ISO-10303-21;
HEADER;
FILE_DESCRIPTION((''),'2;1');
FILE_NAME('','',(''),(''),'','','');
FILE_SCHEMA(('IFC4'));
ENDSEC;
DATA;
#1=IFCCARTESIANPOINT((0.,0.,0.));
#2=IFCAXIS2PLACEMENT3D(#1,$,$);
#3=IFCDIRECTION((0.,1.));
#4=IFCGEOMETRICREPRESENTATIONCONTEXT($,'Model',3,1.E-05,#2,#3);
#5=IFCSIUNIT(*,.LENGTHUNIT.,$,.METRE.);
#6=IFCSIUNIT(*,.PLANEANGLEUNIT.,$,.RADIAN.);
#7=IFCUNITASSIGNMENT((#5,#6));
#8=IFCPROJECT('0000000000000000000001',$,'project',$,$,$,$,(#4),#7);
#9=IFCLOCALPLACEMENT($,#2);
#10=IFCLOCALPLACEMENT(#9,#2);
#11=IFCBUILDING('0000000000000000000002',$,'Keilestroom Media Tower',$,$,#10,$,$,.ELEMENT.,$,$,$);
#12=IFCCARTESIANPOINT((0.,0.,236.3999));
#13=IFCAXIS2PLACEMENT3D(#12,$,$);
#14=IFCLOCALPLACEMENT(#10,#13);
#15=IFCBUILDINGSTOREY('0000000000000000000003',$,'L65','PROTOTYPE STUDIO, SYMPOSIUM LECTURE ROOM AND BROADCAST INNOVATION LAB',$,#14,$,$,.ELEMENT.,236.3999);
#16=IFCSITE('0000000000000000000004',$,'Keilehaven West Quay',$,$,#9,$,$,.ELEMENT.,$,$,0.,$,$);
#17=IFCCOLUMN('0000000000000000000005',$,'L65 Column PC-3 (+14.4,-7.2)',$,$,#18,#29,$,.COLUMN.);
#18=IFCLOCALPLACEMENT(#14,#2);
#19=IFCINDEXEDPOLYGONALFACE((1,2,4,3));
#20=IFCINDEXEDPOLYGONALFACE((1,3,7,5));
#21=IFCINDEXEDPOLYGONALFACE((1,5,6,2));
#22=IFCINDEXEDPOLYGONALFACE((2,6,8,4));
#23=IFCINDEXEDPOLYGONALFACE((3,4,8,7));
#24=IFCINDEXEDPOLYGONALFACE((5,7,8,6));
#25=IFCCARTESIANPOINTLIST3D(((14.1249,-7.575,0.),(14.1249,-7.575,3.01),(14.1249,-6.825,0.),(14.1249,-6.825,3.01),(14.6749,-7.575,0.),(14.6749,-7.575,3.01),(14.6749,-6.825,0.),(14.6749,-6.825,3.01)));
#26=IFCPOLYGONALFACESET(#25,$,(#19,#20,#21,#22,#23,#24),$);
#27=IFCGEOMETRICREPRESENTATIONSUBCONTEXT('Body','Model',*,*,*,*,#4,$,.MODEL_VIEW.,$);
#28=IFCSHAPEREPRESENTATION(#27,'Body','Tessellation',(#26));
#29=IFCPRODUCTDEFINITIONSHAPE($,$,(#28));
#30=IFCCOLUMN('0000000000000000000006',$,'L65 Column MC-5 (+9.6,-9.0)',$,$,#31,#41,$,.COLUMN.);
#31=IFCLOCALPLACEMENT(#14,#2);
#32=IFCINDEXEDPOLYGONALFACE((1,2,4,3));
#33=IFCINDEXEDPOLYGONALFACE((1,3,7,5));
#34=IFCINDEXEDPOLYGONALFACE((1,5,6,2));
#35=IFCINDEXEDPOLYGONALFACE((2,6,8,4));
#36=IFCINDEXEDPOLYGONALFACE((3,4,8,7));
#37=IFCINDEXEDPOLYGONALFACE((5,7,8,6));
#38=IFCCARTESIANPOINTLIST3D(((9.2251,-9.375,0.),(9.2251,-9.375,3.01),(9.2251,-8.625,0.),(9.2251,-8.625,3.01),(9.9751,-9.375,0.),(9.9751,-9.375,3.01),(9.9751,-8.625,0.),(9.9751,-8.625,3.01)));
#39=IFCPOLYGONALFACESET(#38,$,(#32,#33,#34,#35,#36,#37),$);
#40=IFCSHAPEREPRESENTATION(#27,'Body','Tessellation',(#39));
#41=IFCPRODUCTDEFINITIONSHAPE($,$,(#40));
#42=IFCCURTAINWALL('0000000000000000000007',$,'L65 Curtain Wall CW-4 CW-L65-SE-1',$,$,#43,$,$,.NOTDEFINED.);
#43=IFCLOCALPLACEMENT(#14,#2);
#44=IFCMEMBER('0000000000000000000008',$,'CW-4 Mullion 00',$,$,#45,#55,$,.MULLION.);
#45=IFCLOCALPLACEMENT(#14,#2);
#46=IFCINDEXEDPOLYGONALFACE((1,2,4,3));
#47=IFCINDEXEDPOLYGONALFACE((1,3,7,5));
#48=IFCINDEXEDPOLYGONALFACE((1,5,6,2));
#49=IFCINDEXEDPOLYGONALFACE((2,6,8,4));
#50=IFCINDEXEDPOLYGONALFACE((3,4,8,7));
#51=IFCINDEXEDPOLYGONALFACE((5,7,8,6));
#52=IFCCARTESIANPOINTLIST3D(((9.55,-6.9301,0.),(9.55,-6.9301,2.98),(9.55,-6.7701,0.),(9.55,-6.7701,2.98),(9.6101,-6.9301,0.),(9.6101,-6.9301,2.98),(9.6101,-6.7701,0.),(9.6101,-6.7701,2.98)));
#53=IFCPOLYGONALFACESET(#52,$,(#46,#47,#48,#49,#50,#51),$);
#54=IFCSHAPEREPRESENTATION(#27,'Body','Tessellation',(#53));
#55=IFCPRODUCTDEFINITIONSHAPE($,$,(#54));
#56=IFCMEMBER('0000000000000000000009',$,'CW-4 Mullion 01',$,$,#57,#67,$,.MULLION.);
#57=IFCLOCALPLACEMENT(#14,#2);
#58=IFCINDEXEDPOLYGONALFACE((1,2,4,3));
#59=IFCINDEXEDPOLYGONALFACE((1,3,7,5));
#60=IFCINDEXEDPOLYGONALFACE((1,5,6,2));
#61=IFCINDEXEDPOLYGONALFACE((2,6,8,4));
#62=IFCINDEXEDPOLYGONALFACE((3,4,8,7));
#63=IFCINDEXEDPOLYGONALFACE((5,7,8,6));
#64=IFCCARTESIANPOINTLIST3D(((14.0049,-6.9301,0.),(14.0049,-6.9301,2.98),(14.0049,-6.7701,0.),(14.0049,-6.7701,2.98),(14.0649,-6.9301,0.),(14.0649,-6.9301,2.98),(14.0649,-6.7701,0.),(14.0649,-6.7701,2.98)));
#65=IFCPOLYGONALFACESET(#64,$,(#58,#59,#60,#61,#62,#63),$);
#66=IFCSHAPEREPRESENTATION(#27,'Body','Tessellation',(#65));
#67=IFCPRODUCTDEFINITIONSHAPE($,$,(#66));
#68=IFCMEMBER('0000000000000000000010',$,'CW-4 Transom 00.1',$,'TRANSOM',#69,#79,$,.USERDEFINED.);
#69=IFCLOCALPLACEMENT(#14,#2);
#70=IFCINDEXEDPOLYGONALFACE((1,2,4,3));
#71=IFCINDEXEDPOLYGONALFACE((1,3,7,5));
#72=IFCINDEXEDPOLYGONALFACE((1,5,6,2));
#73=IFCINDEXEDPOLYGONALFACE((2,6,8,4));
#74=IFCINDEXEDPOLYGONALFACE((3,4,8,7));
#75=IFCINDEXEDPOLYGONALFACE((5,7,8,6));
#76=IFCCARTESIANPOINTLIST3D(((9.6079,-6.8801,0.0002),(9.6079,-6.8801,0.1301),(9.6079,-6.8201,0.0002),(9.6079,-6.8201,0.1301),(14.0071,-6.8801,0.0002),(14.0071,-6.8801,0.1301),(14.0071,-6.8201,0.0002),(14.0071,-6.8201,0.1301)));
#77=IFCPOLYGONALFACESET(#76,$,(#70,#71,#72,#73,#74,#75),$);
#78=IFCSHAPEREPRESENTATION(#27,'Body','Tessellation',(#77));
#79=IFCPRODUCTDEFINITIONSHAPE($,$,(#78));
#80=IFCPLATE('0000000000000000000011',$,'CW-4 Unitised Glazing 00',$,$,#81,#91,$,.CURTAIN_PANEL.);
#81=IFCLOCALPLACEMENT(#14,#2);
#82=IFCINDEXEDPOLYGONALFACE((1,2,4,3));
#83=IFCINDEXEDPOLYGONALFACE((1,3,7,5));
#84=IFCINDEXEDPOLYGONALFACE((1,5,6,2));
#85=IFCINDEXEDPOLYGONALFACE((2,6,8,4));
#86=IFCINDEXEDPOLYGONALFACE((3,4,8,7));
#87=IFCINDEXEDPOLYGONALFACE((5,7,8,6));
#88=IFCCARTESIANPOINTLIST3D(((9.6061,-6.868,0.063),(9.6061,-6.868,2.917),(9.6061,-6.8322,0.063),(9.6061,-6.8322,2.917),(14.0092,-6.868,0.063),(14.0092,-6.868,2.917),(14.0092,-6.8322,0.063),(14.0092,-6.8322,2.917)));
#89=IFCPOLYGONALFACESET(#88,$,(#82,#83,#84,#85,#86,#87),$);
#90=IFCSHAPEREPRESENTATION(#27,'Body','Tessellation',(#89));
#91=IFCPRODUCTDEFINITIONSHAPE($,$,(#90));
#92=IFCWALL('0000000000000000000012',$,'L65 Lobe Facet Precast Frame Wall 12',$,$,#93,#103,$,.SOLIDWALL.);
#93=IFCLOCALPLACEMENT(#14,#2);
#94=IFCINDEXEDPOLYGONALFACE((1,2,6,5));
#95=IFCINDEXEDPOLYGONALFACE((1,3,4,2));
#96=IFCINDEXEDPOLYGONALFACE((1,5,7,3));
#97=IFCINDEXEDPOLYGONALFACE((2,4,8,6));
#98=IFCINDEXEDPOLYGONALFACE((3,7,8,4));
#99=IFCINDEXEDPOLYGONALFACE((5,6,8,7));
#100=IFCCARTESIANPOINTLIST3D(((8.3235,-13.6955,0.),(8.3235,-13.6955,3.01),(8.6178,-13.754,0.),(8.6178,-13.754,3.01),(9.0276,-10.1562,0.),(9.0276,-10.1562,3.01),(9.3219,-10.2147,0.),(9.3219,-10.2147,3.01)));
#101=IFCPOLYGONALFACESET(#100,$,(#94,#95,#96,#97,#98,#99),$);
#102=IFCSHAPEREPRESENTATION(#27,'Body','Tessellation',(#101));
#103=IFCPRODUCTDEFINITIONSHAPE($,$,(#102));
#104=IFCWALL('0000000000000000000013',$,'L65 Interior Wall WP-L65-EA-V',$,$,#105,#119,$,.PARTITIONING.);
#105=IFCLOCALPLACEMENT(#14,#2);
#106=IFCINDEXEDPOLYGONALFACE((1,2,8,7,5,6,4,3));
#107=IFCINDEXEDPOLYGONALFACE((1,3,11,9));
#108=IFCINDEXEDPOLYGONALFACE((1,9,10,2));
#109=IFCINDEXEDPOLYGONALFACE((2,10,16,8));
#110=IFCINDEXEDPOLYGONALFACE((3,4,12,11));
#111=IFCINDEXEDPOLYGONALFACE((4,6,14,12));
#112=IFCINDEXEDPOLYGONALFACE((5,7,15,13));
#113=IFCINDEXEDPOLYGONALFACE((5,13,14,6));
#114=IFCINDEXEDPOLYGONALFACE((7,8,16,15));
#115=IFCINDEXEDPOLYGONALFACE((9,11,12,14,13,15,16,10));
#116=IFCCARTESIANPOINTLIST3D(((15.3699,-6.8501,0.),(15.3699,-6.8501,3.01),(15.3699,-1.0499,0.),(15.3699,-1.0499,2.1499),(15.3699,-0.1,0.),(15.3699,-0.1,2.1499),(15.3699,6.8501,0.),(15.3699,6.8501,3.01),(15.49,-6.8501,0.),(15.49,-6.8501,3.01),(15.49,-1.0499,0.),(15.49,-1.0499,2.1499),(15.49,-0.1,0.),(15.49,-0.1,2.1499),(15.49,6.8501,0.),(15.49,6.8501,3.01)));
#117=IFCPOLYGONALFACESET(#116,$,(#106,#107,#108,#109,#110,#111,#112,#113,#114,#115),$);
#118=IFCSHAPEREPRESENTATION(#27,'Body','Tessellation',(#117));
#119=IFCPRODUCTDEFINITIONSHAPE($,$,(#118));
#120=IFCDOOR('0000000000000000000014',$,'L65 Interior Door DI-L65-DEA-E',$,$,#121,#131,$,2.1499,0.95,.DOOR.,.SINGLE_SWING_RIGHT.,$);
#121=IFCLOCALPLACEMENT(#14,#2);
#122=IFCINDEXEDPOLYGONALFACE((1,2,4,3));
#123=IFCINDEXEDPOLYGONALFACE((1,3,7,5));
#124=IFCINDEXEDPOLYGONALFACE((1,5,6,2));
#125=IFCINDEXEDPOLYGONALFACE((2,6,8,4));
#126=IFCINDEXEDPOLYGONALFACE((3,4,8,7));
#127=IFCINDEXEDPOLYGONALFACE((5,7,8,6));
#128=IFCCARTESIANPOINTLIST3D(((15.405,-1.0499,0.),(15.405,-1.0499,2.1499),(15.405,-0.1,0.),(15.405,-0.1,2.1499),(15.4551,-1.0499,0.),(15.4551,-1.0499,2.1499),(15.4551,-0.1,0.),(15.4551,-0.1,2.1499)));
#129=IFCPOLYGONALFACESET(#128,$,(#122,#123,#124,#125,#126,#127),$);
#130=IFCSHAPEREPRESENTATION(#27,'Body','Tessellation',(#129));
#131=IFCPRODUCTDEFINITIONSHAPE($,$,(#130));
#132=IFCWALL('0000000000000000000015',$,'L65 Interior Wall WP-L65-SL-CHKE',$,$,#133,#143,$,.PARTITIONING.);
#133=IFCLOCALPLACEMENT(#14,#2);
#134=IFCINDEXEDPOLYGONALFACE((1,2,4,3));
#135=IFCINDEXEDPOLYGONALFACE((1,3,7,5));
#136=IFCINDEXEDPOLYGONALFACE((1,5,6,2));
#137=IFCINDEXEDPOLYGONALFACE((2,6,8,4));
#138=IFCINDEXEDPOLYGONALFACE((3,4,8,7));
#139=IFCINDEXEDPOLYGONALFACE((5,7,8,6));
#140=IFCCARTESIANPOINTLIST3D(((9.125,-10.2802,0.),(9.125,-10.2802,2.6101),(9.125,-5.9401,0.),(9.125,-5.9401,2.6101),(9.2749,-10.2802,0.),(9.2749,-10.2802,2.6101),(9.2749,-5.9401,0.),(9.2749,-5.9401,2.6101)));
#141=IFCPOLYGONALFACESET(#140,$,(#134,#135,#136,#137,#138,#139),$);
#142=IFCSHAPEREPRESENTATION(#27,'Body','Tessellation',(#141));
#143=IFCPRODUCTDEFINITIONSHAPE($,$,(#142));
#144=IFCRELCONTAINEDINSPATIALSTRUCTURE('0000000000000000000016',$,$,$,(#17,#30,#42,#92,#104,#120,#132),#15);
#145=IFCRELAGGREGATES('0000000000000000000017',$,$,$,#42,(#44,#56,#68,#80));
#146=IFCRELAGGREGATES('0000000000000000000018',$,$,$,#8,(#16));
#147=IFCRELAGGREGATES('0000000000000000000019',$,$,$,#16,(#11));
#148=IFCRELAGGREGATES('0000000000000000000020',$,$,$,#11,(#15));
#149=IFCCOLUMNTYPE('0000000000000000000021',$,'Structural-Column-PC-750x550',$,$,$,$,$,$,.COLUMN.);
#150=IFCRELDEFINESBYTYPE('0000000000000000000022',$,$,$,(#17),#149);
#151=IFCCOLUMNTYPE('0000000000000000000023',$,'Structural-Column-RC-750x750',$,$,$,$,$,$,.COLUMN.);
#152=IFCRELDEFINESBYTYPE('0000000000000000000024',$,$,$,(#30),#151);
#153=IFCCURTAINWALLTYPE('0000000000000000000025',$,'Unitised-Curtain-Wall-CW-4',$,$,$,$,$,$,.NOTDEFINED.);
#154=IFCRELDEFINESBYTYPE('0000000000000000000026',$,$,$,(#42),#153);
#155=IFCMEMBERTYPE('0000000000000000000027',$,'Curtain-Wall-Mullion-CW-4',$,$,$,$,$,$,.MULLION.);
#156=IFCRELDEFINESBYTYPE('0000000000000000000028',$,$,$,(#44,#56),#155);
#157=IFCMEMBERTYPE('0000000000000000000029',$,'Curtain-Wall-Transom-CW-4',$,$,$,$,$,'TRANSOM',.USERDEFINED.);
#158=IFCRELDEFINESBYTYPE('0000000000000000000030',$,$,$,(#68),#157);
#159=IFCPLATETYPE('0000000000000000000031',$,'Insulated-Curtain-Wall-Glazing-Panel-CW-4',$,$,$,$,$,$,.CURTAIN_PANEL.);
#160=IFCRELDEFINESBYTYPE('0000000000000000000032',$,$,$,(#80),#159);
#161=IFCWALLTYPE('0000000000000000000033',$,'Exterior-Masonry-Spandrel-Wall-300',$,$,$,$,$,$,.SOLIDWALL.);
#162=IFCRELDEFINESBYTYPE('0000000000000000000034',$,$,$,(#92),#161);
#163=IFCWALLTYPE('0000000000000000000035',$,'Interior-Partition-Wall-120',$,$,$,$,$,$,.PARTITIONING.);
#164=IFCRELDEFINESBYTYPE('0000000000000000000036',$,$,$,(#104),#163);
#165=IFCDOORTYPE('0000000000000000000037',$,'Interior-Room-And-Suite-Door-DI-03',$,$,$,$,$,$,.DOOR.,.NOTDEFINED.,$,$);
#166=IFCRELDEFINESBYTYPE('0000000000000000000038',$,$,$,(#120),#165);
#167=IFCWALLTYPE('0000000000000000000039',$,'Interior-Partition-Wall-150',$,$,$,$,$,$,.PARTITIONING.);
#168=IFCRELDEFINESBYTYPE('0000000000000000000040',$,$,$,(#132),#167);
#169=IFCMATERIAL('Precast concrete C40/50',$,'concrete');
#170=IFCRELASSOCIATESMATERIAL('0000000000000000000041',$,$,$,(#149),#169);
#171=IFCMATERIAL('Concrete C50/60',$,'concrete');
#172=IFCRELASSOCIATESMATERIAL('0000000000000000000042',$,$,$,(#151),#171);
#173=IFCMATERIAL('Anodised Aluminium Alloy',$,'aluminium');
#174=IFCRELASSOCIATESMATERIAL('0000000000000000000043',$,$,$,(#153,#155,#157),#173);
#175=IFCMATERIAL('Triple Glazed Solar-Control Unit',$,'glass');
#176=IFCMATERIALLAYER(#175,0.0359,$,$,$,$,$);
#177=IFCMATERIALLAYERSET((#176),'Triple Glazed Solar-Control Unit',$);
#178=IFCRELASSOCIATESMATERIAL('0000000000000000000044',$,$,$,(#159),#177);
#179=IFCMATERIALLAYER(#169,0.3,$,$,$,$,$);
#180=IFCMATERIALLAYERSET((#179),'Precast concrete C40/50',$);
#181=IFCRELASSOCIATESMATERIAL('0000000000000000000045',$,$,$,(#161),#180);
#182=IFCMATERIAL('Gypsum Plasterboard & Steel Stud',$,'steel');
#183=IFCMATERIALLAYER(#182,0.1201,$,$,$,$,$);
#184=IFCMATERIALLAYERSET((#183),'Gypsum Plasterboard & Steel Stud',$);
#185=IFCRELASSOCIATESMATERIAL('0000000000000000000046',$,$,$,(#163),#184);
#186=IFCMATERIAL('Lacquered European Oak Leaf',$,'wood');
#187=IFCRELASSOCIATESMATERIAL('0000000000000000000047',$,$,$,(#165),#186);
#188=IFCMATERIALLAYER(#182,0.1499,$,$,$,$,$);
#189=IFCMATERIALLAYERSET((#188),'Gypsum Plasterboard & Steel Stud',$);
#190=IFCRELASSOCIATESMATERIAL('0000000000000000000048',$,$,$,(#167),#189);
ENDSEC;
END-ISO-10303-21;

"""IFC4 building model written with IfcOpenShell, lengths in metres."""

from ifc_helpers import new_model, si_unit, direction, frame, frame_2d, origin, origin_2d, place, context, subcontext, project, spatial, rectangle, extrude, source, transform, mapped, material, layer, layer_set, material_profile, profile_set, type_object, element, fill, aggregate, save


model = new_model("IFC4")

# Units and contexts
model_context = context("Model", 3, precision=1e-05, world=origin(), true_north=direction((0.0, 1.0)))
body_context = subcontext(model_context, "Body", "Model", "MODEL_VIEW")
ifc_project = project(units=[si_unit("LENGTHUNIT", "METRE"), si_unit("PLANEANGLEUNIT", "RADIAN")], contexts=[model_context])

# Site, building, storey
site_placement = place(None, origin())
site = spatial("IfcSite", under=ifc_project, at=site_placement, Name="Keilehaven West Quay", CompositionType="ELEMENT", RefElevation=0.0)
building_placement = place(site_placement, origin())
building = spatial("IfcBuilding", under=site, at=building_placement, Name="Keilestroom Media Tower", CompositionType="ELEMENT")
storey_placement = place(building_placement, frame((0.0, 0.0, 236.3999)))
storey = spatial("IfcBuildingStorey", under=building, at=storey_placement, Name="L65", Description="PROTOTYPE STUDIO, SYMPOSIUM LECTURE ROOM AND BROADCAST INNOVATION LAB", CompositionType="ELEMENT", Elevation=236.3999)

# Columns
ifc_material_1 = material(Name="Precast concrete C40/50", Category="concrete")
ifc_material_profile_1 = material_profile(ifc_material_1, rectangle(XDim=0.55, YDim=0.75, at=origin_2d()), Name="PC 750x550")
ifc_profile_set_1 = profile_set([ifc_material_profile_1], Name="Precast concrete C40/50")
column_type_1 = type_object("IfcColumnType", Name="Structural-Column-PC-750x550", PredefinedType="COLUMN", material=ifc_profile_set_1)
shared_shape_1 = source(origin(), body_context, "Body", "SweptSolid", [
    extrude(rectangle(XDim=0.55, YDim=0.75, at=origin_2d()), origin(), (0.0, 0.0, 1.0), 3.01),
])
column_1_placement = place(storey_placement, frame((14.3999, -7.2, 0.0), z_axis=(0.0, 0.0, 1.0), x_axis=(1.0, 0.0, 0.0)))
element("IfcColumn", 1, at=column_1_placement, inside=storey, type_object=column_type_1, Name="L65 Column PC-3 (+14.4,-7.2)", PredefinedType="COLUMN", context=body_context, shape_type="MappedRepresentation", body=[
    mapped(shared_shape_1, transform((0.0, 0.0, 0.0), x_axis=(1.0, 0.0, 0.0), y_axis=(0.0, 1.0, 0.0), z_axis=(0.0, 0.0, 1.0), scale=1.0)),
])
ifc_material_2 = material(Name="Concrete C50/60", Category="concrete")
ifc_material_profile_2 = material_profile(ifc_material_2, rectangle(XDim=0.75, YDim=0.75, at=origin_2d()), Name="RC 750x750")
ifc_profile_set_2 = profile_set([ifc_material_profile_2], Name="Concrete C50/60")
column_type_2 = type_object("IfcColumnType", Name="Structural-Column-RC-750x750", PredefinedType="COLUMN", material=ifc_profile_set_2)
shared_shape_2 = source(origin(), body_context, "Body", "SweptSolid", [
    extrude(rectangle(XDim=0.75, YDim=0.75, at=origin_2d()), origin(), (0.0, 0.0, 1.0), 3.01),
])
column_2_placement = place(storey_placement, frame((9.6001, -9.0, 0.0), z_axis=(0.0, 0.0, 1.0), x_axis=(1.0, 0.0, 0.0)))
element("IfcColumn", 2, at=column_2_placement, inside=storey, type_object=column_type_2, Name="L65 Column MC-5 (+9.6,-9.0)", PredefinedType="COLUMN", context=body_context, shape_type="MappedRepresentation", body=[
    mapped(shared_shape_2, transform((0.0, 0.0, 0.0), x_axis=(1.0, 0.0, 0.0), y_axis=(0.0, 1.0, 0.0), z_axis=(0.0, 0.0, 1.0), scale=1.0)),
])

# Curtain wall, members, plate
ifc_material_3 = material(Name="Anodised Aluminium Alloy", Category="aluminium")
curtain_wall_type = type_object("IfcCurtainWallType", Name="Unitised-Curtain-Wall-CW-4", PredefinedType="NOTDEFINED", material=ifc_material_3)
curtain_wall_placement = place(storey_placement, origin())
curtain_wall = element("IfcCurtainWall", 3, at=curtain_wall_placement, inside=storey, type_object=curtain_wall_type, Name="L65 Curtain Wall CW-4 CW-L65-SE-1", PredefinedType="NOTDEFINED")
ifc_material_profile_3 = material_profile(ifc_material_3, rectangle(XDim=0.0601, YDim=0.1599, at=origin_2d()), Name="ALU MULLION 60x160")
ifc_profile_set_3 = profile_set([ifc_material_profile_3], Name="Anodised Aluminium Alloy")
member_type_1 = type_object("IfcMemberType", Name="Curtain-Wall-Mullion-CW-4", PredefinedType="MULLION", material=ifc_profile_set_3)
shared_shape_3 = source(origin(), body_context, "Body", "SweptSolid", [
    extrude(rectangle(XDim=0.0601, YDim=0.1599, at=origin_2d()), origin(), (0.0, 0.0, 1.0), 2.98),
])
member_1_placement = place(storey_placement, frame((9.5801, -6.8501, 0.0), z_axis=(0.0, 0.0, 1.0), x_axis=(1.0, 0.0, 0.0)))
member_1 = element("IfcMember", 4, at=member_1_placement, type_object=member_type_1, Name="CW-4 Mullion 00", PredefinedType="MULLION", context=body_context, shape_type="MappedRepresentation", body=[
    mapped(shared_shape_3, transform((0.0, 0.0, 0.0), x_axis=(1.0, 0.0, 0.0), y_axis=(0.0, 1.0, 0.0), z_axis=(0.0, 0.0, 1.0), scale=1.0)),
])
member_2_placement = place(storey_placement, frame((14.0349, -6.8501, 0.0), z_axis=(0.0, 0.0, 1.0), x_axis=(1.0, 0.0, 0.0)))
member_2 = element("IfcMember", 5, at=member_2_placement, type_object=member_type_1, Name="CW-4 Mullion 01", PredefinedType="MULLION", context=body_context, shape_type="MappedRepresentation", body=[
    mapped(shared_shape_3, transform((0.0, 0.0, 0.0), x_axis=(1.0, 0.0, 0.0), y_axis=(0.0, 1.0, 0.0), z_axis=(0.0, 0.0, 1.0), scale=1.0)),
])
ifc_material_profile_4 = material_profile(ifc_material_3, rectangle(XDim=0.0601, YDim=0.1299, at=origin_2d()), Name="ALU TRANSOM 60x130")
ifc_profile_set_4 = profile_set([ifc_material_profile_4], Name="Anodised Aluminium Alloy")
member_type_2 = type_object("IfcMemberType", Name="Curtain-Wall-Transom-CW-4", ElementType="TRANSOM", PredefinedType="USERDEFINED", material=ifc_profile_set_4)
shared_shape_4 = source(origin(), body_context, "Body", "SweptSolid", [
    extrude(rectangle(XDim=0.0601, YDim=0.1299, at=origin_2d()), origin(), (0.0, 0.0, 1.0), 4.3992),
])
member_3_placement = place(storey_placement, frame((9.6079, -6.8501, 0.0652), z_axis=(1.0, 0.0, 0.0), x_axis=(0.0, 1.0, 0.0)))
member_3 = element("IfcMember", 6, at=member_3_placement, type_object=member_type_2, Name="CW-4 Transom 00.1", ObjectType="TRANSOM", PredefinedType="USERDEFINED", context=body_context, shape_type="MappedRepresentation", body=[
    mapped(shared_shape_4, transform((0.0, 0.0, 0.0), x_axis=(1.0, 0.0, 0.0), y_axis=(0.0, 1.0, 0.0), z_axis=(0.0, 0.0, 1.0), scale=1.0)),
])
ifc_material_4 = material(Name="Triple Glazed Solar-Control Unit", Category="glass")
ifc_layer_1 = layer(ifc_material_4, 0.0359)
ifc_layer_set_1 = layer_set([ifc_layer_1], Name="Triple Glazed Solar-Control Unit")
plate_type = type_object("IfcPlateType", Name="Insulated-Curtain-Wall-Glazing-Panel-CW-4", PredefinedType="CURTAIN_PANEL", material=ifc_layer_set_1)
shared_shape_5 = source(origin(), body_context, "Body", "SweptSolid", [
    extrude(rectangle(XDim=4.4031, YDim=0.0359, at=origin_2d()), origin(), (0.0, 0.0, 1.0), 2.854),
])
plate_placement = place(storey_placement, frame((11.8076, -6.8501, 0.063), z_axis=(0.0, 0.0, 1.0), x_axis=(1.0, 0.0, 0.0)))
plate = element("IfcPlate", 7, at=plate_placement, type_object=plate_type, Name="CW-4 Unitised Glazing 00", PredefinedType="CURTAIN_PANEL", context=body_context, shape_type="MappedRepresentation", body=[
    mapped(shared_shape_5, transform((0.0, 0.0, 0.0), x_axis=(1.0, 0.0, 0.0), y_axis=(0.0, 1.0, 0.0), z_axis=(0.0, 0.0, 1.0), scale=1.0)),
])
aggregate(curtain_wall, [member_1, member_2, member_3, plate])

# Wall
ifc_layer_2 = layer(ifc_material_1, 0.3)
ifc_layer_set_2 = layer_set([ifc_layer_2], Name="Precast concrete C40/50")
wall_type_1 = type_object("IfcWallType", Name="Exterior-Masonry-Spandrel-Wall-300", PredefinedType="SOLIDWALL", material=ifc_layer_set_2)
wall_1_placement = place(storey_placement, frame((8.4707, -13.7246, 0.0), z_axis=(0.0, 0.0, 1.0), x_axis=(0.195114, 0.980781, 0.0)))
element("IfcWall", 8, at=wall_1_placement, inside=storey, type_object=wall_type_1, Name="L65 Lobe Facet Precast Frame Wall 12", PredefinedType="SOLIDWALL", context=body_context, shape_type="SweptSolid", body=[
    extrude(rectangle(XDim=3.6086, YDim=0.3, at=frame_2d((1.8042, 0.0))), origin(), (0.0, 0.0, 1.0), 3.01),
])

# Wall, opening, door
ifc_material_5 = material(Name="Gypsum Plasterboard & Steel Stud", Category="steel")
ifc_layer_3 = layer(ifc_material_5, 0.1201)
ifc_layer_set_3 = layer_set([ifc_layer_3], Name="Gypsum Plasterboard & Steel Stud")
wall_type_2 = type_object("IfcWallType", Name="Interior-Partition-Wall-120", PredefinedType="PARTITIONING", material=ifc_layer_set_3)
wall_2_placement = place(storey_placement, frame((15.4299, -6.8501, 0.0), z_axis=(0.0, 0.0, 1.0), x_axis=(0.0, 1.0, 0.0)))
wall_2 = element("IfcWall", 9, at=wall_2_placement, inside=storey, type_object=wall_type_2, Name="L65 Interior Wall WP-L65-EA-V", PredefinedType="PARTITIONING", context=body_context, shape_type="SweptSolid", body=[
    extrude(rectangle(XDim=13.7002, YDim=0.1201, at=frame_2d((6.8501, 0.0))), origin(), (0.0, 0.0, 1.0), 3.01),
])
opening_1_placement = place(wall_2_placement, frame((5.8, 0.0, 0.0)))
opening_1 = element("IfcOpeningElement", 10, at=opening_1_placement, cuts=wall_2, PredefinedType="OPENING", context=body_context, shape_type="SweptSolid", body=[
    extrude(rectangle(XDim=0.95, YDim=2.1499, at=frame_2d((0.4751, 1.075))), frame((0.0, 0.0701, 0.0), z_axis=(0.0, -1.0, 0.0), x_axis=(1.0, 0.0, 0.0)), (0.0, 0.0, 1.0), 0.1401),
])
ifc_material_6 = material(Name="Lacquered European Oak Leaf", Category="wood")
door_type_1 = type_object("IfcDoorType", Name="Interior-Room-And-Suite-Door-DI-03", OperationType="NOTDEFINED", PredefinedType="DOOR", material=ifc_material_6)
shared_shape_6 = source(origin(), body_context, "Body", "SweptSolid", [
    extrude(rectangle(XDim=0.95, YDim=2.1499, at=frame_2d((0.4751, 1.075))), frame((0.0, 0.0249, 0.0), z_axis=(0.0, -1.0, 0.0), x_axis=(1.0, 0.0, 0.0)), (0.0, 0.0, 1.0), 0.05),
])
door_1_placement = place(opening_1_placement, origin())
door_1 = element("IfcDoor", 11, at=door_1_placement, inside=storey, type_object=door_type_1, Name="L65 Interior Door DI-L65-DEA-E", OperationType="SINGLE_SWING_RIGHT", OverallHeight=2.1499, OverallWidth=0.95, PredefinedType="DOOR", context=body_context, shape_type="MappedRepresentation", body=[
    mapped(shared_shape_6, transform((0.0, 0.0, 0.0), x_axis=(1.0, 0.0, 0.0), y_axis=(0.0, 1.0, 0.0), z_axis=(0.0, 0.0, 1.0), scale=1.0)),
])
fill(opening_1, door_1)

# Wall
ifc_layer_4 = layer(ifc_material_5, 0.1499)
ifc_layer_set_4 = layer_set([ifc_layer_4], Name="Gypsum Plasterboard & Steel Stud")
wall_type_3 = type_object("IfcWallType", Name="Interior-Partition-Wall-150", PredefinedType="PARTITIONING", material=ifc_layer_set_4)
wall_3_placement = place(storey_placement, frame((9.2, -10.28, 0.0), z_axis=(0.0, 0.0, 1.0), x_axis=(0.0, 1.0, 0.0)))
element("IfcWall", 12, at=wall_3_placement, inside=storey, type_object=wall_type_3, Name="L65 Interior Wall WP-L65-SL-CHKE", PredefinedType="PARTITIONING", context=body_context, shape_type="SweptSolid", body=[
    extrude(rectangle(XDim=4.3401, YDim=0.1499, at=frame_2d((2.1699, 0.0))), origin(), (0.0, 0.0, 1.0), 2.6101),
])

save(model, "model.ifc")
